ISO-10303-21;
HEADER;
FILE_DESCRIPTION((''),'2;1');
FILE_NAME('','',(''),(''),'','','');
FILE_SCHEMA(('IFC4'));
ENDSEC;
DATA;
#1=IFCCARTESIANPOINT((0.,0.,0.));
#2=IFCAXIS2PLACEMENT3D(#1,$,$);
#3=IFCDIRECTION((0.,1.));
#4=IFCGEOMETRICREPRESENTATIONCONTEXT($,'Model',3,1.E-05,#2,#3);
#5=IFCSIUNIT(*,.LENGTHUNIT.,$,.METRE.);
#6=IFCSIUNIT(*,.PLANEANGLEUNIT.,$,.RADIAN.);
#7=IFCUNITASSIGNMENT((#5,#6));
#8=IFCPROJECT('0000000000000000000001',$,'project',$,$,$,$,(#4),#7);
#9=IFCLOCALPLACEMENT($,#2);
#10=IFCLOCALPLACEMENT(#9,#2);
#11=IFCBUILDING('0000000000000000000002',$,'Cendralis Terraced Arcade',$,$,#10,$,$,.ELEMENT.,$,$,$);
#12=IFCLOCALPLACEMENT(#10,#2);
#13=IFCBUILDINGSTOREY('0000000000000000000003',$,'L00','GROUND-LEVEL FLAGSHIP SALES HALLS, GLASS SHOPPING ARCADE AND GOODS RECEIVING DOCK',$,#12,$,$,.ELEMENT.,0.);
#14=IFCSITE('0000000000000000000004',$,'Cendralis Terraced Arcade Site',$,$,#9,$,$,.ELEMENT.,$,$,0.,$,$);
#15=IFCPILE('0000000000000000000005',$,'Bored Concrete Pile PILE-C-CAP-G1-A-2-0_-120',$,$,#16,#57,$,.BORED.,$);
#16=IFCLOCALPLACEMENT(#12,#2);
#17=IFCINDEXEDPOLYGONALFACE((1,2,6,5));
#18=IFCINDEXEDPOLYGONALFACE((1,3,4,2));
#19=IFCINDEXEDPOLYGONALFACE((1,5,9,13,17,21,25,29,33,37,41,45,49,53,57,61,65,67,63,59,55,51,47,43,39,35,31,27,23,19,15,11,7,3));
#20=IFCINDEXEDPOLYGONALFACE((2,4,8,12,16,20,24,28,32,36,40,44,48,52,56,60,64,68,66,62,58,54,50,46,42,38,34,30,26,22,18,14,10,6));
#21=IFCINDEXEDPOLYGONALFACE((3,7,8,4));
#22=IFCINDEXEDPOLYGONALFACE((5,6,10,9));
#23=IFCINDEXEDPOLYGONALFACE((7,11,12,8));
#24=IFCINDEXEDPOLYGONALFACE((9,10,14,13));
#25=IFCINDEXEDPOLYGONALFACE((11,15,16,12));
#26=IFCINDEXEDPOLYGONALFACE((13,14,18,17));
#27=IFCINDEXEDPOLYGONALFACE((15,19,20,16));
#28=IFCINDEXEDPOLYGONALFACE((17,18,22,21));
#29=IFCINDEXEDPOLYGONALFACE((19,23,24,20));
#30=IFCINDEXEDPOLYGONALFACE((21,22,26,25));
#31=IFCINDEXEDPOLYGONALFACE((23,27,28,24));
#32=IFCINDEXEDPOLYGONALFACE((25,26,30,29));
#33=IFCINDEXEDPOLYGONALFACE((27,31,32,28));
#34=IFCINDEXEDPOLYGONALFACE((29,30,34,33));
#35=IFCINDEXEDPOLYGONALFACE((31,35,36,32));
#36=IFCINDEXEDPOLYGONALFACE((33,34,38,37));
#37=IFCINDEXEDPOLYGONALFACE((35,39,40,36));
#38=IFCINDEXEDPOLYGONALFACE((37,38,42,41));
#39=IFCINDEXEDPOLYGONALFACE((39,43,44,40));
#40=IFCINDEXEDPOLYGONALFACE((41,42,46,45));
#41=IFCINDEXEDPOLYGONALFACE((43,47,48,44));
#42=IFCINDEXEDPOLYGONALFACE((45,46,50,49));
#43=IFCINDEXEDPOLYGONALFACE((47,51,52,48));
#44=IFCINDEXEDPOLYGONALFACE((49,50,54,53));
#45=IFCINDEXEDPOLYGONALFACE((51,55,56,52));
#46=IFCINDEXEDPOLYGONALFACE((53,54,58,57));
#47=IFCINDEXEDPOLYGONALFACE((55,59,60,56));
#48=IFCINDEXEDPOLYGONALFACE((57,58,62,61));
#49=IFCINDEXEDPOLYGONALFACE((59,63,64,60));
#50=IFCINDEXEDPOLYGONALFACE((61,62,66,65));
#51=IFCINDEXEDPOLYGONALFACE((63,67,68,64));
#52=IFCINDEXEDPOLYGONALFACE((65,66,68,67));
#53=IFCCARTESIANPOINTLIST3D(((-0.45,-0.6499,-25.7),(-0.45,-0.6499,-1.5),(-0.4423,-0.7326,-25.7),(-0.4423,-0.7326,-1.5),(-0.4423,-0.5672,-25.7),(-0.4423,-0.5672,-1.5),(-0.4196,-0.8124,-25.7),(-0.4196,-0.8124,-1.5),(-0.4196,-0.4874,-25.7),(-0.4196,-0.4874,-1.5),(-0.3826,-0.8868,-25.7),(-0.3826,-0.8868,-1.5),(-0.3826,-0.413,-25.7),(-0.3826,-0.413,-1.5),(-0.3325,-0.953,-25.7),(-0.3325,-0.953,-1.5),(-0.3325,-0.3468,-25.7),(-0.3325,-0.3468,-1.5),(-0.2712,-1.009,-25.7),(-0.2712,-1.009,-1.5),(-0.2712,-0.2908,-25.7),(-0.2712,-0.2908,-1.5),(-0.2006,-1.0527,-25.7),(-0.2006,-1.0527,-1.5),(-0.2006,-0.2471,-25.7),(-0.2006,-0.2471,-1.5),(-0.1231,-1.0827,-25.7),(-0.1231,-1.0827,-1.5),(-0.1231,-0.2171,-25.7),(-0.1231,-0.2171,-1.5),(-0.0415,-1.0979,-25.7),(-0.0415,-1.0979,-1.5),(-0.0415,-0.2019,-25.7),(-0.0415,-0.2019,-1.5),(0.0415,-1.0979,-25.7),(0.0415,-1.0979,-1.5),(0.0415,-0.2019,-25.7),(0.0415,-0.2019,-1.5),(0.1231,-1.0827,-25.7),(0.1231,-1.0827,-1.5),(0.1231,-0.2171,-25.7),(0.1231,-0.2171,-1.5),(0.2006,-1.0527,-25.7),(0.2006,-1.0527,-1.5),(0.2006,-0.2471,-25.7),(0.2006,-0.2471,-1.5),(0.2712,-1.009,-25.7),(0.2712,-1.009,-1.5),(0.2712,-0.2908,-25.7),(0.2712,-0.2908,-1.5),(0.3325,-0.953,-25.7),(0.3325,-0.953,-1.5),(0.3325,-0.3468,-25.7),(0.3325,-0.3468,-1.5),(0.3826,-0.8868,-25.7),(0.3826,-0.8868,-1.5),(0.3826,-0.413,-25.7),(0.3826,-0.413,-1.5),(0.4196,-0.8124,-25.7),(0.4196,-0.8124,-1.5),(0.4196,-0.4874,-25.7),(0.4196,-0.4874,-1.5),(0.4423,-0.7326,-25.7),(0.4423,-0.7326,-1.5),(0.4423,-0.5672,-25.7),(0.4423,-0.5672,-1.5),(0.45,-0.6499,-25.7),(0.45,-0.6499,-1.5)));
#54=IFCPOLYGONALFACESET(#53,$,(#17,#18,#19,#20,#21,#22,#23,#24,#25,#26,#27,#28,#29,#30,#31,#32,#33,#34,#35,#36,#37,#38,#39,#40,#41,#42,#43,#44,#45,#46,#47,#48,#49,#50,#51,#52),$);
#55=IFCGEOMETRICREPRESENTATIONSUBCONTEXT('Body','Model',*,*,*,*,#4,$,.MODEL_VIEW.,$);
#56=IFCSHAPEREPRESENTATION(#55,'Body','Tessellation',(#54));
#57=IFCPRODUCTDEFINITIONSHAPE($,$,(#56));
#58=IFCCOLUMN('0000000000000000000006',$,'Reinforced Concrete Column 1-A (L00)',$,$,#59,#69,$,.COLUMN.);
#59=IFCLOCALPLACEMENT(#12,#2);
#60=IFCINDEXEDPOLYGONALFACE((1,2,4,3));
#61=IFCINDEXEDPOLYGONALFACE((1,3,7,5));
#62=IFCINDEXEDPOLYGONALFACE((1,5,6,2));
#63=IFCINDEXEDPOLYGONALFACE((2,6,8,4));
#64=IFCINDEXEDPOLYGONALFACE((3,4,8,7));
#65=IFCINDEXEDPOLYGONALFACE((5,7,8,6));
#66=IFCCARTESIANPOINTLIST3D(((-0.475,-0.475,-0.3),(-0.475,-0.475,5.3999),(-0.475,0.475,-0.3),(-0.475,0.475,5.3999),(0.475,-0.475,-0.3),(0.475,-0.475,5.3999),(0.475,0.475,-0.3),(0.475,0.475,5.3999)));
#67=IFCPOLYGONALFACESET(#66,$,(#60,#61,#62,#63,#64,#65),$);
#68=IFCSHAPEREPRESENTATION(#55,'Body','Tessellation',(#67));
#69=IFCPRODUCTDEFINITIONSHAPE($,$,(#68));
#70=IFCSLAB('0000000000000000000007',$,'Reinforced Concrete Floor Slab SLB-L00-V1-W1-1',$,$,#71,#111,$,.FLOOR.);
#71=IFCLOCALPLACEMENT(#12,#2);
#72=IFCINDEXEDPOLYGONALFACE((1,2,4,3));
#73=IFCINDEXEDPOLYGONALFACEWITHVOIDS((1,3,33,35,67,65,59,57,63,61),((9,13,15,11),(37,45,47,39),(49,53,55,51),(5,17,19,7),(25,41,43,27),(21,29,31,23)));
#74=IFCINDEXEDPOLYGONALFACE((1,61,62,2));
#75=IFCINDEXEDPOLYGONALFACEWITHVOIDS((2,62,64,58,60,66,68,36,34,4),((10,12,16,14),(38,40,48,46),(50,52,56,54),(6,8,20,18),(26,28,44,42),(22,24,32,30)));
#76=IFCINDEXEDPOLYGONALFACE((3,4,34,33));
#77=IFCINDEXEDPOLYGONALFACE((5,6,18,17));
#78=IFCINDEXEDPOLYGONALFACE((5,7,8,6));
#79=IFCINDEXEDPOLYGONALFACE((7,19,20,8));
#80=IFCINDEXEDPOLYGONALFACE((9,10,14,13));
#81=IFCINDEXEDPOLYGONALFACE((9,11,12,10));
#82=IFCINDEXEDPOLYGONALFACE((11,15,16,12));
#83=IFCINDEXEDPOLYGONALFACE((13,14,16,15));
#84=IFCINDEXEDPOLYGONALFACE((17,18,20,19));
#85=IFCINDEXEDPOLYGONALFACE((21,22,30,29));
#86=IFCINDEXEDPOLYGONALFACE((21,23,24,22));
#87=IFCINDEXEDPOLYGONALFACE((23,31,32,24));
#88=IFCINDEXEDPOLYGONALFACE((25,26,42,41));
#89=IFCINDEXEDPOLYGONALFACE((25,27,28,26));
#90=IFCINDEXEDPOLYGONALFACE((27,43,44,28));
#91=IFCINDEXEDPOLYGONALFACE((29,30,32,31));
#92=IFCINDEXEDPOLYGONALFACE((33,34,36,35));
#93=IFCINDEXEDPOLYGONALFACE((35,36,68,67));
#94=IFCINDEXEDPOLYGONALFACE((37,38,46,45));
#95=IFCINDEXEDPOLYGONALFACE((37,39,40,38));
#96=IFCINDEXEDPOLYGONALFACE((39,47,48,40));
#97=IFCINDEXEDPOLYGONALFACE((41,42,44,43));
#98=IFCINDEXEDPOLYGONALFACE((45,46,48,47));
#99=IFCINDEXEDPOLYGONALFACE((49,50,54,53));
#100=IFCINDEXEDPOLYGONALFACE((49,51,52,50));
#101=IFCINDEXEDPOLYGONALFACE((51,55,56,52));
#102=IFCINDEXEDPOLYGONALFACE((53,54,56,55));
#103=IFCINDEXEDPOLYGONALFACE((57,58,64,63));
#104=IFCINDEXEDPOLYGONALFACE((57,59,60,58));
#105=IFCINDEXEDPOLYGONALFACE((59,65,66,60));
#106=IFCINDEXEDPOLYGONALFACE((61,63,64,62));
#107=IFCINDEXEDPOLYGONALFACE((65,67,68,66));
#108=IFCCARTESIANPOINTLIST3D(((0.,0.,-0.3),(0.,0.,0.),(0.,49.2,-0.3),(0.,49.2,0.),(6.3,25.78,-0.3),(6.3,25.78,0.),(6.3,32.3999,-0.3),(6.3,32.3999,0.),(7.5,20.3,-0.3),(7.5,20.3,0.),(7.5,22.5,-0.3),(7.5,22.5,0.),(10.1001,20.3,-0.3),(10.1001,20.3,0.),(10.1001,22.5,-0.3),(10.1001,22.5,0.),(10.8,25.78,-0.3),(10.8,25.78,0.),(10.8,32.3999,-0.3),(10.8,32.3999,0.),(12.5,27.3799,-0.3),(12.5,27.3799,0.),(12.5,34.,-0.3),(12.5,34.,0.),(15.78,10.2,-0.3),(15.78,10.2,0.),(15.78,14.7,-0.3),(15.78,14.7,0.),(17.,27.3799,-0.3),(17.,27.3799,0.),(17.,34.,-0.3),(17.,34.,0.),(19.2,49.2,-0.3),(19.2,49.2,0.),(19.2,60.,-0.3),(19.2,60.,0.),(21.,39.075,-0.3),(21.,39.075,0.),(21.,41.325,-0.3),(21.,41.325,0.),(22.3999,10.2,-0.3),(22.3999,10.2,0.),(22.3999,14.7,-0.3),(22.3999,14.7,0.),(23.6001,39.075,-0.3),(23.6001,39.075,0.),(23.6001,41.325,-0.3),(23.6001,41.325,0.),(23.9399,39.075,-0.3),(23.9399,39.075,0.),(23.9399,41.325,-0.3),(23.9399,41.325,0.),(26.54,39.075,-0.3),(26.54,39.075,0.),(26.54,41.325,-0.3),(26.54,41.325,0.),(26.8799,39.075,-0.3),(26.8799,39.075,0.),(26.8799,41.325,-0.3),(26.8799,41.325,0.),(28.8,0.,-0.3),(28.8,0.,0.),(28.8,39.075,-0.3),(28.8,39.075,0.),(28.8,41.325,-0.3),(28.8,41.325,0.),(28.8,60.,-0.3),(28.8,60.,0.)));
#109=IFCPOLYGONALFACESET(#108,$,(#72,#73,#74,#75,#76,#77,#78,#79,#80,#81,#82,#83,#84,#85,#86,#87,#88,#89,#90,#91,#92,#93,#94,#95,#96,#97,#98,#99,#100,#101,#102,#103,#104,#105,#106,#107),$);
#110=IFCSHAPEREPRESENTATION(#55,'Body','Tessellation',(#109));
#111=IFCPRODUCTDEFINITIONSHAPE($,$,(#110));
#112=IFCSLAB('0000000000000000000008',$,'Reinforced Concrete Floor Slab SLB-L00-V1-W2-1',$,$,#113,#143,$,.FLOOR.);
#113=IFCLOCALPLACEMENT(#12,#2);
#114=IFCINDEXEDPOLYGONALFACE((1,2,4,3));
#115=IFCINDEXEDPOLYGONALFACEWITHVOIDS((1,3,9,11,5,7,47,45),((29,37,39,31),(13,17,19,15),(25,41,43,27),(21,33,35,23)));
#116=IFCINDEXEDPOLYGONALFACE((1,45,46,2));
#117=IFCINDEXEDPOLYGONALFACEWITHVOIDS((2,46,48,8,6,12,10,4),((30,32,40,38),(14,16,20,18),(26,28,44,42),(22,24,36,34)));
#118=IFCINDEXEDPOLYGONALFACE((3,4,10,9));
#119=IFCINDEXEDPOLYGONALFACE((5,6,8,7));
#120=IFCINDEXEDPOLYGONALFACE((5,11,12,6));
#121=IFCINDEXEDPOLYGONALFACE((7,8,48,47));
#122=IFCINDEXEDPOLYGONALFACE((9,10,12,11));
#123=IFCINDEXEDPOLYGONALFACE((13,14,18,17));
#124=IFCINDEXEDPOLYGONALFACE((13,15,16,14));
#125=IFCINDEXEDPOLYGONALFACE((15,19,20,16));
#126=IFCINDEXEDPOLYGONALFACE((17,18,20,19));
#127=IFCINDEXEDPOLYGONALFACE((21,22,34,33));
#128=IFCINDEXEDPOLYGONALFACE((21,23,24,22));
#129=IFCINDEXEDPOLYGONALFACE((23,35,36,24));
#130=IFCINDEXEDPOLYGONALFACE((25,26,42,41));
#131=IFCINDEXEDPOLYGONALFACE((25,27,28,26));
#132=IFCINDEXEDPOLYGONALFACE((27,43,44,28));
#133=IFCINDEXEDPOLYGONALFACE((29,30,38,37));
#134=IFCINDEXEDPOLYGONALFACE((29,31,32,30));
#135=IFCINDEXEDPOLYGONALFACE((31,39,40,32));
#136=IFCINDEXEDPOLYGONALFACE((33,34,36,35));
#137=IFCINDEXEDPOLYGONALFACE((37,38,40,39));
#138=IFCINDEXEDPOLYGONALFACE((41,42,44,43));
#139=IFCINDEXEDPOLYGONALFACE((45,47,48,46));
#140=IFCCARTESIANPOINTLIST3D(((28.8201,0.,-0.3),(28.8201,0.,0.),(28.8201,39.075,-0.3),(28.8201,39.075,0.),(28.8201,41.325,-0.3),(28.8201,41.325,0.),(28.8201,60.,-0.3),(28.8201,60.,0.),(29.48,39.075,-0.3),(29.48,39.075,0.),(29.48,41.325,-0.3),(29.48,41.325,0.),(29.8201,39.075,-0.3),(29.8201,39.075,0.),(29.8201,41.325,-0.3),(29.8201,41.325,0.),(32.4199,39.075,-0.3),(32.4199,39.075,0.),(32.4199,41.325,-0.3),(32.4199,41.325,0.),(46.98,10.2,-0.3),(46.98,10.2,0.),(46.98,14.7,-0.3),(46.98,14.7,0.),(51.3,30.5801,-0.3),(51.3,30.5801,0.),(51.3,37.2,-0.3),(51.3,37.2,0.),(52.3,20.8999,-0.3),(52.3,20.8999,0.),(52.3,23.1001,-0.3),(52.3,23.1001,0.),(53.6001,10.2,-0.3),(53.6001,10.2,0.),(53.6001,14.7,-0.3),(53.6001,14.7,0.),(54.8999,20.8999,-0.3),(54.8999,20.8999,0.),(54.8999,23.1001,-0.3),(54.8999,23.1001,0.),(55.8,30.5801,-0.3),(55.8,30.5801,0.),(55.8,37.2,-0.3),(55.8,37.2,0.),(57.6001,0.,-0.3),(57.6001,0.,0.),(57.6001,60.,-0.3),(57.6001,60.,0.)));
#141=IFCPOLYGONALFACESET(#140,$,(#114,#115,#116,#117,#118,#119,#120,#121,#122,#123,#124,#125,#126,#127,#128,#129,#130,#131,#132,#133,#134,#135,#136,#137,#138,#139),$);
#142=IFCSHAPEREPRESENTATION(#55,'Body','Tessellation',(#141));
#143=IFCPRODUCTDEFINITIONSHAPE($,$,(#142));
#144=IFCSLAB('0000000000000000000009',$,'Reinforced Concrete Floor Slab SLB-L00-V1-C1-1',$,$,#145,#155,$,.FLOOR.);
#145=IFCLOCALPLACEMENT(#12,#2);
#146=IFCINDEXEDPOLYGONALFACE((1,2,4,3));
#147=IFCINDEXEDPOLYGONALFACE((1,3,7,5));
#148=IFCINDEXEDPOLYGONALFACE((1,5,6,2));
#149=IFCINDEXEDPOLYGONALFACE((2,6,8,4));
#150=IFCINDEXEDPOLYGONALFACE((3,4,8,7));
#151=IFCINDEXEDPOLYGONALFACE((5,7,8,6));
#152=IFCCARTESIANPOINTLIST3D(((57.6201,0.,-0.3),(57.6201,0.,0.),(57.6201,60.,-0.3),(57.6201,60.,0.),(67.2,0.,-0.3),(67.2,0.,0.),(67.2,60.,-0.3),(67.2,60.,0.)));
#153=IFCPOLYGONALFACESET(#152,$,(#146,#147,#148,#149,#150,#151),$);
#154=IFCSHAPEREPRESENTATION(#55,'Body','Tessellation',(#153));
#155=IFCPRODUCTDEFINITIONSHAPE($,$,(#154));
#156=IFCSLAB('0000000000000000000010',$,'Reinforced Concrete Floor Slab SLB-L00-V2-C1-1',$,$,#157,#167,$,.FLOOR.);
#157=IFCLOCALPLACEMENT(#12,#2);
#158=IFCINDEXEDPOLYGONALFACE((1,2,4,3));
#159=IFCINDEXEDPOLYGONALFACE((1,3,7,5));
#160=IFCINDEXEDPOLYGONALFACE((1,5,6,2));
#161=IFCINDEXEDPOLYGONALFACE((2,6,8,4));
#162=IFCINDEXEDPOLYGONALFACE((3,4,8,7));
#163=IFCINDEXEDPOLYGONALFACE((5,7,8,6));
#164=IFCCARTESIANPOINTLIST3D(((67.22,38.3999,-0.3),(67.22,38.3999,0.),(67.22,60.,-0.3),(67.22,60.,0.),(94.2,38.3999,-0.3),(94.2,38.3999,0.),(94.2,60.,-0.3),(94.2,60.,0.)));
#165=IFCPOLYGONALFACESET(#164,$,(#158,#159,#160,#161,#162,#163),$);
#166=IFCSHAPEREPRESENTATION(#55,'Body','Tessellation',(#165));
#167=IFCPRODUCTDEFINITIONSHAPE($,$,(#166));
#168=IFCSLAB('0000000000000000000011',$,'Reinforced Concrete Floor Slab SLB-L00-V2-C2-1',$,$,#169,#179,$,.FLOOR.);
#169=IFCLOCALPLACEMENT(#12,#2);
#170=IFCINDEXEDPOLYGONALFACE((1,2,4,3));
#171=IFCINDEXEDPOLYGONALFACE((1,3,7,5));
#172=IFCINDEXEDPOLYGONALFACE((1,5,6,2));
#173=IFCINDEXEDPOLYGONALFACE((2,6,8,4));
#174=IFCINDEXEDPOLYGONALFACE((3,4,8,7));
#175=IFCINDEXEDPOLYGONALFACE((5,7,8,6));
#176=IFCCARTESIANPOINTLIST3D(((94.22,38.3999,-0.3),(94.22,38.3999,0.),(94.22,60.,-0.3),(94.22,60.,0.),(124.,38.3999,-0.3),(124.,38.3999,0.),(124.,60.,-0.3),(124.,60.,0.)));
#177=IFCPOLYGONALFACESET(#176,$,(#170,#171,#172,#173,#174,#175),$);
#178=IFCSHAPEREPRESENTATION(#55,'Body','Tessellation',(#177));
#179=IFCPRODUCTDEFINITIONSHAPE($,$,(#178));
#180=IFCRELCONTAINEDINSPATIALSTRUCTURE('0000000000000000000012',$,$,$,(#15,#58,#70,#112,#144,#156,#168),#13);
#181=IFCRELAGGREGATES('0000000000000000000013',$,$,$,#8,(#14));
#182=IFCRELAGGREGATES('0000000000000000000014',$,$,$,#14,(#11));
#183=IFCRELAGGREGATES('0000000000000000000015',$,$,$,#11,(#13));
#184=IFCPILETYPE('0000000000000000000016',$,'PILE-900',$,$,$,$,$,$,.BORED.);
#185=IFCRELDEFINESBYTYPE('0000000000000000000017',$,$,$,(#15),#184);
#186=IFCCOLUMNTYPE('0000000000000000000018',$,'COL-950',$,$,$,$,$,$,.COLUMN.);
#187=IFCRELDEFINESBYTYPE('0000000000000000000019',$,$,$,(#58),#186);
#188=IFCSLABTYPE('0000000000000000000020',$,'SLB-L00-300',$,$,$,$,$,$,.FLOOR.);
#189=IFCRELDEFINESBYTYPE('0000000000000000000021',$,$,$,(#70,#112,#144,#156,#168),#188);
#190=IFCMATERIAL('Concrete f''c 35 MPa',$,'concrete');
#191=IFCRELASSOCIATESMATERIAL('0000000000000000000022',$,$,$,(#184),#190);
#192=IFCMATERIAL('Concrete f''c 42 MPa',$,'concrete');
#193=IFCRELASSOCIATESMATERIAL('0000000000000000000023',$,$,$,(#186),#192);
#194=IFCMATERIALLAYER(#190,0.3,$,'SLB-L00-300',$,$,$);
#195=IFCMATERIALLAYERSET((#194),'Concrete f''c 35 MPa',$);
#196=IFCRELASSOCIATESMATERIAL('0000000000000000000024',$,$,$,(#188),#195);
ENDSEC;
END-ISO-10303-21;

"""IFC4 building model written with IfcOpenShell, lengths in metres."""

from ifc_helpers import new_model, si_unit, direction, frame, origin, origin_2d, place, context, subcontext, project, spatial, polyline, rectangle, circle, outline, extrude, material, layer, layer_set, material_profile, profile_set, type_object, element, save


model = new_model("IFC4")

# Units and contexts
model_context = context("Model", 3, precision=1e-05, world=origin(), true_north=direction((0.0, 1.0)))
body_context = subcontext(model_context, "Body", "Model", "MODEL_VIEW")
ifc_project = project(units=[si_unit("LENGTHUNIT", "METRE"), si_unit("PLANEANGLEUNIT", "RADIAN")], contexts=[model_context])

# Site, building, storey
site_placement = place(None, origin())
site = spatial("IfcSite", under=ifc_project, at=site_placement, Name="Cendralis Terraced Arcade Site", CompositionType="ELEMENT", RefElevation=0.0)
building_placement = place(site_placement, origin())
building = spatial("IfcBuilding", under=site, at=building_placement, Name="Cendralis Terraced Arcade", CompositionType="ELEMENT")
storey_placement = place(building_placement, origin())
storey = spatial("IfcBuildingStorey", under=building, at=storey_placement, Name="L00", Description="GROUND-LEVEL FLAGSHIP SALES HALLS, GLASS SHOPPING ARCADE AND GOODS RECEIVING DOCK", CompositionType="ELEMENT", Elevation=0.0)

# Pile
ifc_material_1 = material(Name="Concrete f'c 35 MPa", Category="concrete")
ifc_material_profile_1 = material_profile(ifc_material_1, circle(Radius=0.45, at=origin_2d()), Name="PILE-D900", Category="LoadBearing")
ifc_profile_set_1 = profile_set([ifc_material_profile_1], Name="Concrete f'c 35 MPa")
pile_type = type_object("IfcPileType", Name="PILE-900", PredefinedType="BORED", material=ifc_profile_set_1)
pile_placement = place(storey_placement, frame((0.0, -0.6499, -1.5), z_axis=(0.0, 0.0, -1.0), x_axis=(1.0, 0.0, 0.0)))
element("IfcPile", 1, at=pile_placement, inside=storey, type_object=pile_type, Name="Bored Concrete Pile PILE-C-CAP-G1-A-2-0_-120", PredefinedType="BORED", context=body_context, shape_type="SweptSolid", body=[
    extrude(circle(Radius=0.45, at=origin_2d()), origin(), (0.0, 0.0, 1.0), 24.2),
])

# Column
ifc_material_2 = material(Name="Concrete f'c 42 MPa", Category="concrete")
ifc_material_profile_2 = material_profile(ifc_material_2, rectangle(XDim=0.95, YDim=0.95, at=origin_2d()), Name="RC-COL-950x950", Category="LoadBearing")
ifc_profile_set_2 = profile_set([ifc_material_profile_2], Name="Concrete f'c 42 MPa")
column_type = type_object("IfcColumnType", Name="COL-950", PredefinedType="COLUMN", material=ifc_profile_set_2)
column_placement = place(storey_placement, frame((0.0, 0.0, -0.3), z_axis=(0.0, 0.0, 1.0), x_axis=(1.0, 0.0, 0.0)))
element("IfcColumn", 2, at=column_placement, inside=storey, type_object=column_type, Name="Reinforced Concrete Column 1-A (L00)", PredefinedType="COLUMN", context=body_context, shape_type="SweptSolid", body=[
    extrude(rectangle(XDim=0.95, YDim=0.95, at=origin_2d()), origin(), (0.0, 0.0, 1.0), 5.7),
])

# Slabs
ifc_layer_1 = layer(ifc_material_1, 0.3, Name="SLB-L00-300")
ifc_layer_set_1 = layer_set([ifc_layer_1], Name="Concrete f'c 35 MPa")
slab_type_1 = type_object("IfcSlabType", Name="SLB-L00-300", PredefinedType="FLOOR", material=ifc_layer_set_1)
slab_1_placement = place(storey_placement, frame((0.0, 0.0, -0.3)))
element("IfcSlab", 3, at=slab_1_placement, inside=storey, type_object=slab_type_1, Name="Reinforced Concrete Floor Slab SLB-L00-V1-W1-1", PredefinedType="FLOOR", context=body_context, shape_type="SweptSolid", body=[
    extrude(outline(polyline([(19.2, 49.2), (19.2, 60.0), (28.8, 60.0), (28.8, 41.325), (26.8799, 41.325), (26.8799, 39.075), (28.8, 39.075), (28.8, 0.0), (0.0, 0.0), (0.0, 49.2), (19.2, 49.2)]), holes=[polyline([(22.3999, 14.7), (15.78, 14.7), (15.78, 10.2), (22.3999, 10.2), (22.3999, 14.7)]), polyline([(10.1001, 22.5), (7.5, 22.5), (7.5, 20.3), (10.1001, 20.3), (10.1001, 22.5)]), polyline([(10.8, 32.3999), (6.3, 32.3999), (6.3, 25.78), (10.8, 25.78), (10.8, 32.3999)]), polyline([(17.0, 34.0), (12.5, 34.0), (12.5, 27.3799), (17.0, 27.3799), (17.0, 34.0)]), polyline([(23.6001, 41.325), (21.0, 41.325), (21.0, 39.075), (23.6001, 39.075), (23.6001, 41.325)]), polyline([(26.54, 39.075), (26.54, 41.325), (23.9399, 41.325), (23.9399, 39.075), (26.54, 39.075)])]), origin(), (0.0, 0.0, 1.0), 0.3),
])
slab_2_placement = place(storey_placement, frame((0.0, 0.0, -0.3)))
element("IfcSlab", 4, at=slab_2_placement, inside=storey, type_object=slab_type_1, Name="Reinforced Concrete Floor Slab SLB-L00-V1-W2-1", PredefinedType="FLOOR", context=body_context, shape_type="SweptSolid", body=[
    extrude(outline(polyline([(28.8201, 0.0), (28.8201, 39.075), (29.48, 39.075), (29.48, 41.325), (28.8201, 41.325), (28.8201, 60.0), (57.6001, 60.0), (57.6001, 0.0), (28.8201, 0.0)]), holes=[polyline([(46.98, 14.7), (46.98, 10.2), (53.6001, 10.2), (53.6001, 14.7), (46.98, 14.7)]), polyline([(51.3, 37.2), (51.3, 30.5801), (55.8, 30.5801), (55.8, 37.2), (51.3, 37.2)]), polyline([(29.8201, 41.325), (29.8201, 39.075), (32.4199, 39.075), (32.4199, 41.325), (29.8201, 41.325)]), polyline([(54.8999, 23.1001), (52.3, 23.1001), (52.3, 20.8999), (54.8999, 20.8999), (54.8999, 23.1001)])]), origin(), (0.0, 0.0, 1.0), 0.3),
])
slab_3_placement = place(storey_placement, frame((0.0, 0.0, -0.3)))
element("IfcSlab", 5, at=slab_3_placement, inside=storey, type_object=slab_type_1, Name="Reinforced Concrete Floor Slab SLB-L00-V1-C1-1", PredefinedType="FLOOR", context=body_context, shape_type="SweptSolid", body=[
    extrude(outline(polyline([(57.6201, 0.0), (57.6201, 60.0), (67.2, 60.0), (67.2, 0.0), (57.6201, 0.0)])), origin(), (0.0, 0.0, 1.0), 0.3),
])
slab_4_placement = place(storey_placement, frame((0.0, 0.0, -0.3)))
element("IfcSlab", 6, at=slab_4_placement, inside=storey, type_object=slab_type_1, Name="Reinforced Concrete Floor Slab SLB-L00-V2-C1-1", PredefinedType="FLOOR", context=body_context, shape_type="SweptSolid", body=[
    extrude(outline(polyline([(94.2, 38.3999), (67.22, 38.3999), (67.22, 60.0), (94.2, 60.0), (94.2, 38.3999)])), origin(), (0.0, 0.0, 1.0), 0.3),
])
slab_5_placement = place(storey_placement, frame((0.0, 0.0, -0.3)))
element("IfcSlab", 7, at=slab_5_placement, inside=storey, type_object=slab_type_1, Name="Reinforced Concrete Floor Slab SLB-L00-V2-C2-1", PredefinedType="FLOOR", context=body_context, shape_type="SweptSolid", body=[
    extrude(outline(polyline([(94.22, 38.3999), (94.22, 60.0), (124.0, 60.0), (124.0, 38.3999), (94.22, 38.3999)])), origin(), (0.0, 0.0, 1.0), 0.3),
])

save(model, "model.ifc")
